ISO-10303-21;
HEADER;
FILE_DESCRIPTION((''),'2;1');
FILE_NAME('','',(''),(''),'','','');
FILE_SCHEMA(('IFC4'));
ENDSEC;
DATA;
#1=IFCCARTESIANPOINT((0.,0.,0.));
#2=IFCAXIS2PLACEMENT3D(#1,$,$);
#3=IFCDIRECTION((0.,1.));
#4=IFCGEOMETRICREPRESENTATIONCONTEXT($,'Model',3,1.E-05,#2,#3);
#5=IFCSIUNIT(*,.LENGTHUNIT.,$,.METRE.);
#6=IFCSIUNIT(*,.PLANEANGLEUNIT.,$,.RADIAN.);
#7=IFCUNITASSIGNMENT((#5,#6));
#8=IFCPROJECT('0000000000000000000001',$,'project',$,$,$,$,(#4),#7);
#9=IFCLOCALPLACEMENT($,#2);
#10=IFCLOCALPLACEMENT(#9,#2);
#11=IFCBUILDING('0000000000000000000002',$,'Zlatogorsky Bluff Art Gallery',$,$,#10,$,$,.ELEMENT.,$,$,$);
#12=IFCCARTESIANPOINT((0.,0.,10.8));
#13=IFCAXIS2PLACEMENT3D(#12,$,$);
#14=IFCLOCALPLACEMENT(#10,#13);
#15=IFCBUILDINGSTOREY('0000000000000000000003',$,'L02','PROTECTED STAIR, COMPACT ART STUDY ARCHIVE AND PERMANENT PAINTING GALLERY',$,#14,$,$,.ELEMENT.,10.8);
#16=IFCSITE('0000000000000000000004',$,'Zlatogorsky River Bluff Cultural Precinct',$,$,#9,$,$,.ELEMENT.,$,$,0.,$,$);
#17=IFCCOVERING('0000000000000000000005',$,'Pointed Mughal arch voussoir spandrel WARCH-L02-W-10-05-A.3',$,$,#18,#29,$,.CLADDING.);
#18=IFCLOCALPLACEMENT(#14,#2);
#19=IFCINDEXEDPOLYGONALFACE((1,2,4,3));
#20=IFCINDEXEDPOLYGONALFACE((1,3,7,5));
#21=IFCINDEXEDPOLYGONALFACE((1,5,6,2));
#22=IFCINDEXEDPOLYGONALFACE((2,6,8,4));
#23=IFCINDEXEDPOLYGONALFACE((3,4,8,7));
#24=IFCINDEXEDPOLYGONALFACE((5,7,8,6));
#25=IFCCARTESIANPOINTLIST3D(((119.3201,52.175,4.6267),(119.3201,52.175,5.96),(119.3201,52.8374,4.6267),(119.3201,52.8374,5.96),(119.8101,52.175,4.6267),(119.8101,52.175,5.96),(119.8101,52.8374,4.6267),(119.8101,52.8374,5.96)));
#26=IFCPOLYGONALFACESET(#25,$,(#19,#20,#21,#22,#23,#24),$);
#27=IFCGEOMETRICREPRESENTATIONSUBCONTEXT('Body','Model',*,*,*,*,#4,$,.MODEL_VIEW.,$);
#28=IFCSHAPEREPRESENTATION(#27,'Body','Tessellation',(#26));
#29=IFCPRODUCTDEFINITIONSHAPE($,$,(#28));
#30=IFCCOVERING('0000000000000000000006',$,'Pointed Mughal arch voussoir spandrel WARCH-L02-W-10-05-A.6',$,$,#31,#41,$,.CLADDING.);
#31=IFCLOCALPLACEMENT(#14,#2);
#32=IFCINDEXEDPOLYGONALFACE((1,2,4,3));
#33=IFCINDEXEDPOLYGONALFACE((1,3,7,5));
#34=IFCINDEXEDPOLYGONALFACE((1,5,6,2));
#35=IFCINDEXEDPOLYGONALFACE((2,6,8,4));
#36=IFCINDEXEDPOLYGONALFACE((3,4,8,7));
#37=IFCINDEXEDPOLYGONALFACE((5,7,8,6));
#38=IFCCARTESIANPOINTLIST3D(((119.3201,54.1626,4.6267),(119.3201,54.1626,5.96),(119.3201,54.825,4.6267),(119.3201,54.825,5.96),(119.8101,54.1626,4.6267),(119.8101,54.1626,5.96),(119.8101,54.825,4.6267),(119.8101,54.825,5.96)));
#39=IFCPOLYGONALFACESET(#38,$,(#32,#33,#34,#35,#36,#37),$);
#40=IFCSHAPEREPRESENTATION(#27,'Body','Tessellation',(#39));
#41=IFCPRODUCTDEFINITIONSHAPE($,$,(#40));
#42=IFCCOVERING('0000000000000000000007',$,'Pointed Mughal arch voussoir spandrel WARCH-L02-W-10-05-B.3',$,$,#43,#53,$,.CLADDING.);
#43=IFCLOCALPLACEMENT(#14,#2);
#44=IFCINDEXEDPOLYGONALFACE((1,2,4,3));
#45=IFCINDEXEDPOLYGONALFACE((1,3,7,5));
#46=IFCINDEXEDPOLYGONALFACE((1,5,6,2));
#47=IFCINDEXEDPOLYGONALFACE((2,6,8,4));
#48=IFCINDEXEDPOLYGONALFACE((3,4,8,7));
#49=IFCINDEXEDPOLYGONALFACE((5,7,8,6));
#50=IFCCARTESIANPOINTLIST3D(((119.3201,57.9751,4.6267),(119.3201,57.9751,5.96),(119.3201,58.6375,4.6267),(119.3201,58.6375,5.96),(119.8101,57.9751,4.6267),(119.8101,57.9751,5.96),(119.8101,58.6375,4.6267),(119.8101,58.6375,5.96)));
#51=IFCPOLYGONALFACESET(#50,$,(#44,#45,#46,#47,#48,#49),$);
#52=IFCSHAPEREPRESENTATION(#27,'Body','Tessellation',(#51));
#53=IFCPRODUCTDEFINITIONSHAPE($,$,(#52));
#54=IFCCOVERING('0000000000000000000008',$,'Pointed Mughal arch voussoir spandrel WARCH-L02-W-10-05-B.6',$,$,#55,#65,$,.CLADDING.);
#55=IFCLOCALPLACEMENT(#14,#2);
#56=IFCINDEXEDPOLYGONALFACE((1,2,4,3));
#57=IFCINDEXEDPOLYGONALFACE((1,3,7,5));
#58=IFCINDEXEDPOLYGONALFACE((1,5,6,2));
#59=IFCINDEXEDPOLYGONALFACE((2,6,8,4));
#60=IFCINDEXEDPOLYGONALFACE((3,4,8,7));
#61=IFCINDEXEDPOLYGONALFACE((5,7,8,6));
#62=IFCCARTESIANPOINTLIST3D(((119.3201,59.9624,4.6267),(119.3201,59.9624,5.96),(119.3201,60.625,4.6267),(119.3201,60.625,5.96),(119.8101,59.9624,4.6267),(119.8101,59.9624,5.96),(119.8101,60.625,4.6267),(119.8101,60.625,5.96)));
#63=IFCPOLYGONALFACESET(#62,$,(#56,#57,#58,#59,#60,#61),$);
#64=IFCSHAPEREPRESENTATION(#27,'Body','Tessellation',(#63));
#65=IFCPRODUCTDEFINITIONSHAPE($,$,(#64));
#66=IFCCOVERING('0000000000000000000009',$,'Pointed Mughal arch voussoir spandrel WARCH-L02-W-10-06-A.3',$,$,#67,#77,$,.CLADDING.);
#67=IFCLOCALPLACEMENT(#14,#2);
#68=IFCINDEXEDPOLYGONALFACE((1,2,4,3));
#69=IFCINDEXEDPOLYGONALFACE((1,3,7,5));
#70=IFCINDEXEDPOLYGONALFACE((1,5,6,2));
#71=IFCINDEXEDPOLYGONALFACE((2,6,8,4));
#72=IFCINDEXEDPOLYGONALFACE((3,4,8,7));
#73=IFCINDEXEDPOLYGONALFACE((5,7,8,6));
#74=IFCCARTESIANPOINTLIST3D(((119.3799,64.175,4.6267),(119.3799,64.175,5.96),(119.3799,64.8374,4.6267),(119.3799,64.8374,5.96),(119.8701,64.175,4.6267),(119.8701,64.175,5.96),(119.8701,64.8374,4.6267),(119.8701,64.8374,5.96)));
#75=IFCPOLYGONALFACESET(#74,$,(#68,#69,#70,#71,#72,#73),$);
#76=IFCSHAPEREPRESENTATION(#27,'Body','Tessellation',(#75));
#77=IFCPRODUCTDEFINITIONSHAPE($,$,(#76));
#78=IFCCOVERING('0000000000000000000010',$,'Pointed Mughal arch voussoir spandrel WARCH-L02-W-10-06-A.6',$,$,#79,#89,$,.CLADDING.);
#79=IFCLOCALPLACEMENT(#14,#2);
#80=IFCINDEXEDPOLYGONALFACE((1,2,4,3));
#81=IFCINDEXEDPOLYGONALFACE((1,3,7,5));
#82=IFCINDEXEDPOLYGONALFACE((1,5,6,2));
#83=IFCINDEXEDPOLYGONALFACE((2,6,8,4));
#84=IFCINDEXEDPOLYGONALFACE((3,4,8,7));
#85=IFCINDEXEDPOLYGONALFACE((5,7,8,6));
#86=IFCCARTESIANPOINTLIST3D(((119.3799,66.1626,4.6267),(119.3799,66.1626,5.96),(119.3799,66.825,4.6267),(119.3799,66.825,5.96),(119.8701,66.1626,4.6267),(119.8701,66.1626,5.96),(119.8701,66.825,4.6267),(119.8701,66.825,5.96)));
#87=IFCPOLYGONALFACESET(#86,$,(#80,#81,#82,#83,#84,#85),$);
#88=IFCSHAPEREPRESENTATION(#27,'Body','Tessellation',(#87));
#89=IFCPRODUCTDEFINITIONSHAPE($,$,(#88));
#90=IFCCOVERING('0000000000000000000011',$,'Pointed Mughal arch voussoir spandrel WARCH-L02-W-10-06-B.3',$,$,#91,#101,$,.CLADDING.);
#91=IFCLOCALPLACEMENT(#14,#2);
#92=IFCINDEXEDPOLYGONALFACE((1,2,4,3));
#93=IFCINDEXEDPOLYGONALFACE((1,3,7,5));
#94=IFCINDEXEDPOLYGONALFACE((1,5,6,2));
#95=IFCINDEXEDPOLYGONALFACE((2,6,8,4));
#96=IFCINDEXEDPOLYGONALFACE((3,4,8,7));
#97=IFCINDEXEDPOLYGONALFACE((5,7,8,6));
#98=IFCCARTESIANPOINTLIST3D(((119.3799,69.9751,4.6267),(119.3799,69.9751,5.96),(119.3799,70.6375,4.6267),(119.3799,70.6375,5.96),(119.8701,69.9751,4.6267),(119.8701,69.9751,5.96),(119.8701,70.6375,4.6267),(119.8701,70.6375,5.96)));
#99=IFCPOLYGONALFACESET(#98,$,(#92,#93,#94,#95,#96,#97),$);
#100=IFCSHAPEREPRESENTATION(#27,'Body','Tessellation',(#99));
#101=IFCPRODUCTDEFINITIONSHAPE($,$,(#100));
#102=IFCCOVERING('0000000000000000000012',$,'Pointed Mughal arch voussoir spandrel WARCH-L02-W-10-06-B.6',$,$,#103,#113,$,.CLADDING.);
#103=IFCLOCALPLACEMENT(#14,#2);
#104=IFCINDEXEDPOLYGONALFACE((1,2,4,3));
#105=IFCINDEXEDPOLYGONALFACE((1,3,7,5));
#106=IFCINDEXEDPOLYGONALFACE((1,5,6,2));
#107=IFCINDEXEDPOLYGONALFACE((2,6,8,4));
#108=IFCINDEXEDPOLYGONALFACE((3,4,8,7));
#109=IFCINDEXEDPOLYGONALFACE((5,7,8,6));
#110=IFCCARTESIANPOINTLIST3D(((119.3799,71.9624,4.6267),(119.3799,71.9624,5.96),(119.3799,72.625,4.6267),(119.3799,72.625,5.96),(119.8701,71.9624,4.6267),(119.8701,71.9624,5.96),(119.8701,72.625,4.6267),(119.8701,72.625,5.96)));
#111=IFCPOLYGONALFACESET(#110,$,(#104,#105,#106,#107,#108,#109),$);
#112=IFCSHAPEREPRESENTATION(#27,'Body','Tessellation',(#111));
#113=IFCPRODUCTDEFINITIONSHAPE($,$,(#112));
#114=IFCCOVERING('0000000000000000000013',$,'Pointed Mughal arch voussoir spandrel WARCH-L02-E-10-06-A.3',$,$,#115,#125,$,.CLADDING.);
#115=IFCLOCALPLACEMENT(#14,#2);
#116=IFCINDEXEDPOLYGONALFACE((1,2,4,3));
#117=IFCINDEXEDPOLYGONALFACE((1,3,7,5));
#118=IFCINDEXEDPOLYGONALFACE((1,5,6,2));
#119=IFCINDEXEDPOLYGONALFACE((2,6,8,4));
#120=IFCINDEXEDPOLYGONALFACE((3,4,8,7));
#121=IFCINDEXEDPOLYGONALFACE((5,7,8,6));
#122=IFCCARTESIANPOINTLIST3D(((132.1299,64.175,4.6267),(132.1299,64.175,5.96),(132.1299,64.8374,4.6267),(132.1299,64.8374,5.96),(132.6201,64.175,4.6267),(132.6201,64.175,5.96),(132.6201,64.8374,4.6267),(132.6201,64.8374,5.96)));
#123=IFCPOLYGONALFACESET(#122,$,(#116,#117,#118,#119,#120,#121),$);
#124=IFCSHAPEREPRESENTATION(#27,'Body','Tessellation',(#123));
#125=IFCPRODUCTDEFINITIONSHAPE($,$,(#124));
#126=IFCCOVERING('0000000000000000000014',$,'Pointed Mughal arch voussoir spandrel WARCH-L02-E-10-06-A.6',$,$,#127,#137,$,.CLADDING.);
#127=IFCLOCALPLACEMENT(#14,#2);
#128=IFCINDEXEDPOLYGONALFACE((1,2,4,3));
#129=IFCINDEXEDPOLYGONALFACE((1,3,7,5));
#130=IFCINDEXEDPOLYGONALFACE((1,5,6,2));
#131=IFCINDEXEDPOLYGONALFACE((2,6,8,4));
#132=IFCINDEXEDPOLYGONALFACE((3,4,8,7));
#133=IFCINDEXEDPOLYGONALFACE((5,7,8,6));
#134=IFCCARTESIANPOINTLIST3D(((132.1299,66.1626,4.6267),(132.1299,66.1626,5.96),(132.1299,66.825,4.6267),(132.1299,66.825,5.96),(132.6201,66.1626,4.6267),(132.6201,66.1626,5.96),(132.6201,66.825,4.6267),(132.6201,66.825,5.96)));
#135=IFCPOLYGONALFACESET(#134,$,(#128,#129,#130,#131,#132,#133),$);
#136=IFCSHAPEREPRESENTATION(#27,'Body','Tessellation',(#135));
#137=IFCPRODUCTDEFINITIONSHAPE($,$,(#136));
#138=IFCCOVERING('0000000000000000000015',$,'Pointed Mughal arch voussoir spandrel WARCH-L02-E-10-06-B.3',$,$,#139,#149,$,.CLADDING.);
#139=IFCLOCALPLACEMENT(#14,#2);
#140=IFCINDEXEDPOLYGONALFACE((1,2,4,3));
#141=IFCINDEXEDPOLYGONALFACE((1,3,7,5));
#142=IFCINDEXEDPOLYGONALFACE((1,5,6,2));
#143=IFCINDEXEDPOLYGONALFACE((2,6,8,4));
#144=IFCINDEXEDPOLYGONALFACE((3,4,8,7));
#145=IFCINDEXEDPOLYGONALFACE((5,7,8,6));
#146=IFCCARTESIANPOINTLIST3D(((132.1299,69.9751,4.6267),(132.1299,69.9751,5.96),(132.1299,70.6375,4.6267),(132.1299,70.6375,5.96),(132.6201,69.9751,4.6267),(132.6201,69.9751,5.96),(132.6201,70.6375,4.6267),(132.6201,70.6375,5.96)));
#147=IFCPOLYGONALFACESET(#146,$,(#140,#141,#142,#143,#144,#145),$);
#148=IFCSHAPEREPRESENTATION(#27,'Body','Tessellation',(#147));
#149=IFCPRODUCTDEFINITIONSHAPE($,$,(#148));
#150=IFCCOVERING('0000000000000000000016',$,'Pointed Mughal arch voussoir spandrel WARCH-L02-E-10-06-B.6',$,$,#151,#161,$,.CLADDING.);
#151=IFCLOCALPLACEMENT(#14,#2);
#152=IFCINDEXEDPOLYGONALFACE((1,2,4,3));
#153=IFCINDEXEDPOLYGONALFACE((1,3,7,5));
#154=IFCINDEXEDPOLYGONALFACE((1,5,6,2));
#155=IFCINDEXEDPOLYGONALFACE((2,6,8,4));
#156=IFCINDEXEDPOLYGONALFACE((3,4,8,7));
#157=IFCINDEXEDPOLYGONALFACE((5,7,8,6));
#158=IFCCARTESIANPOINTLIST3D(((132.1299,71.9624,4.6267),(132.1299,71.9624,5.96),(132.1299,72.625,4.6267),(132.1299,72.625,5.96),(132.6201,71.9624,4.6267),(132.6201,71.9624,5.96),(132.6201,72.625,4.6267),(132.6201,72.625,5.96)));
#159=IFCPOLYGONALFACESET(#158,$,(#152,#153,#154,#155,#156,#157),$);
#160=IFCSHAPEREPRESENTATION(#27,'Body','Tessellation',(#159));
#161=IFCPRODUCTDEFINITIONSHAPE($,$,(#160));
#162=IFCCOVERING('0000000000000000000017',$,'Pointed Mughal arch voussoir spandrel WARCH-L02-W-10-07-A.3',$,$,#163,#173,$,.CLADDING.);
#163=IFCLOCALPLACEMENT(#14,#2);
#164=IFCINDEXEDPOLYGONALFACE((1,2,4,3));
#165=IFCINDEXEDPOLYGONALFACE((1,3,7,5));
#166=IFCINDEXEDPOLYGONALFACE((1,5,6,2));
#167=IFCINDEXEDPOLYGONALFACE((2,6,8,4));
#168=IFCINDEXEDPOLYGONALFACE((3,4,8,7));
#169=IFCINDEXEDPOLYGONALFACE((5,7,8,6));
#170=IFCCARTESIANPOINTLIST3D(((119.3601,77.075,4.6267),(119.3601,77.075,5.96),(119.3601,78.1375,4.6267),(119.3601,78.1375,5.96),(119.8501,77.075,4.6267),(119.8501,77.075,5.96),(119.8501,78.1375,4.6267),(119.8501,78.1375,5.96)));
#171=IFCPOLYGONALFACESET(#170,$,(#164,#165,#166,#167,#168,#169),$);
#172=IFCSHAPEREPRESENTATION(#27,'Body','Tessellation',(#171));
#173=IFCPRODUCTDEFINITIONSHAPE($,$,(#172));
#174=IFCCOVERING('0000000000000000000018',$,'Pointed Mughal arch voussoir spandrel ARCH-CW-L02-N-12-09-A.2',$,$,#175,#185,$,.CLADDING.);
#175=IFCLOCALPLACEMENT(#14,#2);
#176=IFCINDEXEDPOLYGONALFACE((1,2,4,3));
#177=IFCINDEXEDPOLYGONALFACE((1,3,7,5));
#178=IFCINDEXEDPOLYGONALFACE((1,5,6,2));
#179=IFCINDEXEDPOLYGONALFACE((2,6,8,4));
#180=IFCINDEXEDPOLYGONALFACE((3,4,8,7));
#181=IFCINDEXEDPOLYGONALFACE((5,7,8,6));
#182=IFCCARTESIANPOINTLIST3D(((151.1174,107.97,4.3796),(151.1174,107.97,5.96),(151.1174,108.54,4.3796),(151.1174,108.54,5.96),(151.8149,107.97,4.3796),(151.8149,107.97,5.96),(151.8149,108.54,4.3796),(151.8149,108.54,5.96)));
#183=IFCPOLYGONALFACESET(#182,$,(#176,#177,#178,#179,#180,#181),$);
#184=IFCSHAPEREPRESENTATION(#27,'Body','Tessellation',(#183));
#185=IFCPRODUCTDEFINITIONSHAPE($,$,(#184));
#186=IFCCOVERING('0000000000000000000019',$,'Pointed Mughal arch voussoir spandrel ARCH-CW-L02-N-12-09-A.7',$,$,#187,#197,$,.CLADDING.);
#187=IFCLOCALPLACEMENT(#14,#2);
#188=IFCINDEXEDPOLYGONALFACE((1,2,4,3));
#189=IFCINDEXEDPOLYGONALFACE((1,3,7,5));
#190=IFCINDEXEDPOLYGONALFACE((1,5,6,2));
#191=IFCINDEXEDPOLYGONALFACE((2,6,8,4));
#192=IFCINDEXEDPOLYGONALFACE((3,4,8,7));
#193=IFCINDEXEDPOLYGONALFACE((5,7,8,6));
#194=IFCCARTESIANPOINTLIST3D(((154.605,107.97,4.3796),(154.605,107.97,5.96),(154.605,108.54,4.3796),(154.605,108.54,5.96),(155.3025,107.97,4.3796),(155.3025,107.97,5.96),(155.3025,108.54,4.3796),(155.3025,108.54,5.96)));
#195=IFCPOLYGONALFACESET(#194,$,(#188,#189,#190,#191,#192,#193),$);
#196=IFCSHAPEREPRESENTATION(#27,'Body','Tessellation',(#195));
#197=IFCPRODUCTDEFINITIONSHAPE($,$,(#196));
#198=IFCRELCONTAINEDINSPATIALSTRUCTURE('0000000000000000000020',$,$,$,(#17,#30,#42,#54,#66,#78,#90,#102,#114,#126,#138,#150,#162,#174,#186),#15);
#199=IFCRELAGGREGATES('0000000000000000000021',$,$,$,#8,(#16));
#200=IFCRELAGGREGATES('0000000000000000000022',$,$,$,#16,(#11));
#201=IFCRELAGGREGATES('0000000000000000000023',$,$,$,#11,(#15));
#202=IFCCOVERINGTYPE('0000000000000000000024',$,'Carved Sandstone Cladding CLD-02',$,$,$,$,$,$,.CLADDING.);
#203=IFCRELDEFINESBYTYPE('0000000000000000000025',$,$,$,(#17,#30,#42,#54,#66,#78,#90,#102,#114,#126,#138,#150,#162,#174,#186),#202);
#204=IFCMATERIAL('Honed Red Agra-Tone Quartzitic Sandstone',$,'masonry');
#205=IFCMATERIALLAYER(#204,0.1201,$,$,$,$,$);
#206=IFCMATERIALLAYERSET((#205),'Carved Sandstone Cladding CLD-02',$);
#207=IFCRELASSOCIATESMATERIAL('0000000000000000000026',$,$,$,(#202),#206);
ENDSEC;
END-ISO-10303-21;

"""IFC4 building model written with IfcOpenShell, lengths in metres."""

from ifc_helpers import new_model, si_unit, direction, frame, origin, place, context, subcontext, project, spatial, polyline, outline, extrude, material, layer, layer_set, type_object, element, save


model = new_model("IFC4")

# Units and contexts
model_context = context("Model", 3, precision=1e-05, world=origin(), true_north=direction((0.0, 1.0)))
body_context = subcontext(model_context, "Body", "Model", "MODEL_VIEW")
ifc_project = project(units=[si_unit("LENGTHUNIT", "METRE"), si_unit("PLANEANGLEUNIT", "RADIAN")], contexts=[model_context])

# Site, building, storey
site_placement = place(None, origin())
site = spatial("IfcSite", under=ifc_project, at=site_placement, Name="Zlatogorsky River Bluff Cultural Precinct", CompositionType="ELEMENT", RefElevation=0.0)
building_placement = place(site_placement, origin())
building = spatial("IfcBuilding", under=site, at=building_placement, Name="Zlatogorsky Bluff Art Gallery", CompositionType="ELEMENT")
storey_placement = place(building_placement, frame((0.0, 0.0, 10.8)))
storey = spatial("IfcBuildingStorey", under=building, at=storey_placement, Name="L02", Description="PROTECTED STAIR, COMPACT ART STUDY ARCHIVE AND PERMANENT PAINTING GALLERY", CompositionType="ELEMENT", Elevation=10.8)

# Coverings
ifc_material = material(Name="Honed Red Agra-Tone Quartzitic Sandstone", Category="masonry")
ifc_layer = layer(ifc_material, 0.1201)
ifc_layer_set = layer_set([ifc_layer], Name="Carved Sandstone Cladding CLD-02")
covering_type = type_object("IfcCoveringType", Name="Carved Sandstone Cladding CLD-02", PredefinedType="CLADDING", material=ifc_layer_set)
covering_1_placement = place(storey_placement, frame((0.0, 0.0, 4.6267)))
element("IfcCovering", 1, at=covering_1_placement, inside=storey, type_object=covering_type, Name="Pointed Mughal arch voussoir spandrel WARCH-L02-W-10-05-A.3", PredefinedType="CLADDING", context=body_context, shape_type="SweptSolid", body=[
    extrude(outline(polyline([(119.3201, 52.175), (119.3201, 52.8374), (119.8101, 52.8374), (119.8101, 52.175), (119.3201, 52.175)])), origin(), (0.0, 0.0, 1.0), 1.3333),
])
covering_2_placement = place(storey_placement, frame((0.0, 0.0, 4.6267)))
element("IfcCovering", 2, at=covering_2_placement, inside=storey, type_object=covering_type, Name="Pointed Mughal arch voussoir spandrel WARCH-L02-W-10-05-A.6", PredefinedType="CLADDING", context=body_context, shape_type="SweptSolid", body=[
    extrude(outline(polyline([(119.3201, 54.1626), (119.3201, 54.825), (119.8101, 54.825), (119.8101, 54.1626), (119.3201, 54.1626)])), origin(), (0.0, 0.0, 1.0), 1.3333),
])
covering_3_placement = place(storey_placement, frame((0.0, 0.0, 4.6267)))
element("IfcCovering", 3, at=covering_3_placement, inside=storey, type_object=covering_type, Name="Pointed Mughal arch voussoir spandrel WARCH-L02-W-10-05-B.3", PredefinedType="CLADDING", context=body_context, shape_type="SweptSolid", body=[
    extrude(outline(polyline([(119.3201, 57.9751), (119.3201, 58.6375), (119.8101, 58.6375), (119.8101, 57.9751), (119.3201, 57.9751)])), origin(), (0.0, 0.0, 1.0), 1.3333),
])
covering_4_placement = place(storey_placement, frame((0.0, 0.0, 4.6267)))
element("IfcCovering", 4, at=covering_4_placement, inside=storey, type_object=covering_type, Name="Pointed Mughal arch voussoir spandrel WARCH-L02-W-10-05-B.6", PredefinedType="CLADDING", context=body_context, shape_type="SweptSolid", body=[
    extrude(outline(polyline([(119.3201, 59.9624), (119.3201, 60.625), (119.8101, 60.625), (119.8101, 59.9624), (119.3201, 59.9624)])), origin(), (0.0, 0.0, 1.0), 1.3333),
])
covering_5_placement = place(storey_placement, frame((0.0, 0.0, 4.6267)))
element("IfcCovering", 5, at=covering_5_placement, inside=storey, type_object=covering_type, Name="Pointed Mughal arch voussoir spandrel WARCH-L02-W-10-06-A.3", PredefinedType="CLADDING", context=body_context, shape_type="SweptSolid", body=[
    extrude(outline(polyline([(119.3799, 64.175), (119.3799, 64.8374), (119.8701, 64.8374), (119.8701, 64.175), (119.3799, 64.175)])), origin(), (0.0, 0.0, 1.0), 1.3333),
])
covering_6_placement = place(storey_placement, frame((0.0, 0.0, 4.6267)))
element("IfcCovering", 6, at=covering_6_placement, inside=storey, type_object=covering_type, Name="Pointed Mughal arch voussoir spandrel WARCH-L02-W-10-06-A.6", PredefinedType="CLADDING", context=body_context, shape_type="SweptSolid", body=[
    extrude(outline(polyline([(119.3799, 66.1626), (119.3799, 66.825), (119.8701, 66.825), (119.8701, 66.1626), (119.3799, 66.1626)])), origin(), (0.0, 0.0, 1.0), 1.3333),
])
covering_7_placement = place(storey_placement, frame((0.0, 0.0, 4.6267)))
element("IfcCovering", 7, at=covering_7_placement, inside=storey, type_object=covering_type, Name="Pointed Mughal arch voussoir spandrel WARCH-L02-W-10-06-B.3", PredefinedType="CLADDING", context=body_context, shape_type="SweptSolid", body=[
    extrude(outline(polyline([(119.3799, 69.9751), (119.3799, 70.6375), (119.8701, 70.6375), (119.8701, 69.9751), (119.3799, 69.9751)])), origin(), (0.0, 0.0, 1.0), 1.3333),
])
covering_8_placement = place(storey_placement, frame((0.0, 0.0, 4.6267)))
element("IfcCovering", 8, at=covering_8_placement, inside=storey, type_object=covering_type, Name="Pointed Mughal arch voussoir spandrel WARCH-L02-W-10-06-B.6", PredefinedType="CLADDING", context=body_context, shape_type="SweptSolid", body=[
    extrude(outline(polyline([(119.3799, 71.9624), (119.3799, 72.625), (119.8701, 72.625), (119.8701, 71.9624), (119.3799, 71.9624)])), origin(), (0.0, 0.0, 1.0), 1.3333),
])
covering_9_placement = place(storey_placement, frame((0.0, 0.0, 4.6267)))
element("IfcCovering", 9, at=covering_9_placement, inside=storey, type_object=covering_type, Name="Pointed Mughal arch voussoir spandrel WARCH-L02-E-10-06-A.3", PredefinedType="CLADDING", context=body_context, shape_type="SweptSolid", body=[
    extrude(outline(polyline([(132.1299, 64.175), (132.1299, 64.8374), (132.6201, 64.8374), (132.6201, 64.175), (132.1299, 64.175)])), origin(), (0.0, 0.0, 1.0), 1.3333),
])
covering_10_placement = place(storey_placement, frame((0.0, 0.0, 4.6267)))
element("IfcCovering", 10, at=covering_10_placement, inside=storey, type_object=covering_type, Name="Pointed Mughal arch voussoir spandrel WARCH-L02-E-10-06-A.6", PredefinedType="CLADDING", context=body_context, shape_type="SweptSolid", body=[
    extrude(outline(polyline([(132.1299, 66.1626), (132.1299, 66.825), (132.6201, 66.825), (132.6201, 66.1626), (132.1299, 66.1626)])), origin(), (0.0, 0.0, 1.0), 1.3333),
])
covering_11_placement = place(storey_placement, frame((0.0, 0.0, 4.6267)))
element("IfcCovering", 11, at=covering_11_placement, inside=storey, type_object=covering_type, Name="Pointed Mughal arch voussoir spandrel WARCH-L02-E-10-06-B.3", PredefinedType="CLADDING", context=body_context, shape_type="SweptSolid", body=[
    extrude(outline(polyline([(132.1299, 69.9751), (132.1299, 70.6375), (132.6201, 70.6375), (132.6201, 69.9751), (132.1299, 69.9751)])), origin(), (0.0, 0.0, 1.0), 1.3333),
])
covering_12_placement = place(storey_placement, frame((0.0, 0.0, 4.6267)))
element("IfcCovering", 12, at=covering_12_placement, inside=storey, type_object=covering_type, Name="Pointed Mughal arch voussoir spandrel WARCH-L02-E-10-06-B.6", PredefinedType="CLADDING", context=body_context, shape_type="SweptSolid", body=[
    extrude(outline(polyline([(132.1299, 71.9624), (132.1299, 72.625), (132.6201, 72.625), (132.6201, 71.9624), (132.1299, 71.9624)])), origin(), (0.0, 0.0, 1.0), 1.3333),
])
covering_13_placement = place(storey_placement, frame((0.0, 0.0, 4.6267)))
element("IfcCovering", 13, at=covering_13_placement, inside=storey, type_object=covering_type, Name="Pointed Mughal arch voussoir spandrel WARCH-L02-W-10-07-A.3", PredefinedType="CLADDING", context=body_context, shape_type="SweptSolid", body=[
    extrude(outline(polyline([(119.3601, 77.075), (119.3601, 78.1375), (119.8501, 78.1375), (119.8501, 77.075), (119.3601, 77.075)])), origin(), (0.0, 0.0, 1.0), 1.3333),
])
covering_14_placement = place(storey_placement, frame((0.0, 0.0, 4.3796)))
element("IfcCovering", 14, at=covering_14_placement, inside=storey, type_object=covering_type, Name="Pointed Mughal arch voussoir spandrel ARCH-CW-L02-N-12-09-A.2", PredefinedType="CLADDING", context=body_context, shape_type="SweptSolid", body=[
    extrude(outline(polyline([(151.1174, 107.97), (151.8149, 107.97), (151.8149, 108.54), (151.1174, 108.54), (151.1174, 107.97)])), origin(), (0.0, 0.0, 1.0), 1.5803),
])
covering_15_placement = place(storey_placement, frame((0.0, 0.0, 4.3796)))
element("IfcCovering", 15, at=covering_15_placement, inside=storey, type_object=covering_type, Name="Pointed Mughal arch voussoir spandrel ARCH-CW-L02-N-12-09-A.7", PredefinedType="CLADDING", context=body_context, shape_type="SweptSolid", body=[
    extrude(outline(polyline([(154.605, 107.97), (155.3025, 107.97), (155.3025, 108.54), (154.605, 108.54), (154.605, 107.97)])), origin(), (0.0, 0.0, 1.0), 1.5803),
])

save(model, "model.ifc")
